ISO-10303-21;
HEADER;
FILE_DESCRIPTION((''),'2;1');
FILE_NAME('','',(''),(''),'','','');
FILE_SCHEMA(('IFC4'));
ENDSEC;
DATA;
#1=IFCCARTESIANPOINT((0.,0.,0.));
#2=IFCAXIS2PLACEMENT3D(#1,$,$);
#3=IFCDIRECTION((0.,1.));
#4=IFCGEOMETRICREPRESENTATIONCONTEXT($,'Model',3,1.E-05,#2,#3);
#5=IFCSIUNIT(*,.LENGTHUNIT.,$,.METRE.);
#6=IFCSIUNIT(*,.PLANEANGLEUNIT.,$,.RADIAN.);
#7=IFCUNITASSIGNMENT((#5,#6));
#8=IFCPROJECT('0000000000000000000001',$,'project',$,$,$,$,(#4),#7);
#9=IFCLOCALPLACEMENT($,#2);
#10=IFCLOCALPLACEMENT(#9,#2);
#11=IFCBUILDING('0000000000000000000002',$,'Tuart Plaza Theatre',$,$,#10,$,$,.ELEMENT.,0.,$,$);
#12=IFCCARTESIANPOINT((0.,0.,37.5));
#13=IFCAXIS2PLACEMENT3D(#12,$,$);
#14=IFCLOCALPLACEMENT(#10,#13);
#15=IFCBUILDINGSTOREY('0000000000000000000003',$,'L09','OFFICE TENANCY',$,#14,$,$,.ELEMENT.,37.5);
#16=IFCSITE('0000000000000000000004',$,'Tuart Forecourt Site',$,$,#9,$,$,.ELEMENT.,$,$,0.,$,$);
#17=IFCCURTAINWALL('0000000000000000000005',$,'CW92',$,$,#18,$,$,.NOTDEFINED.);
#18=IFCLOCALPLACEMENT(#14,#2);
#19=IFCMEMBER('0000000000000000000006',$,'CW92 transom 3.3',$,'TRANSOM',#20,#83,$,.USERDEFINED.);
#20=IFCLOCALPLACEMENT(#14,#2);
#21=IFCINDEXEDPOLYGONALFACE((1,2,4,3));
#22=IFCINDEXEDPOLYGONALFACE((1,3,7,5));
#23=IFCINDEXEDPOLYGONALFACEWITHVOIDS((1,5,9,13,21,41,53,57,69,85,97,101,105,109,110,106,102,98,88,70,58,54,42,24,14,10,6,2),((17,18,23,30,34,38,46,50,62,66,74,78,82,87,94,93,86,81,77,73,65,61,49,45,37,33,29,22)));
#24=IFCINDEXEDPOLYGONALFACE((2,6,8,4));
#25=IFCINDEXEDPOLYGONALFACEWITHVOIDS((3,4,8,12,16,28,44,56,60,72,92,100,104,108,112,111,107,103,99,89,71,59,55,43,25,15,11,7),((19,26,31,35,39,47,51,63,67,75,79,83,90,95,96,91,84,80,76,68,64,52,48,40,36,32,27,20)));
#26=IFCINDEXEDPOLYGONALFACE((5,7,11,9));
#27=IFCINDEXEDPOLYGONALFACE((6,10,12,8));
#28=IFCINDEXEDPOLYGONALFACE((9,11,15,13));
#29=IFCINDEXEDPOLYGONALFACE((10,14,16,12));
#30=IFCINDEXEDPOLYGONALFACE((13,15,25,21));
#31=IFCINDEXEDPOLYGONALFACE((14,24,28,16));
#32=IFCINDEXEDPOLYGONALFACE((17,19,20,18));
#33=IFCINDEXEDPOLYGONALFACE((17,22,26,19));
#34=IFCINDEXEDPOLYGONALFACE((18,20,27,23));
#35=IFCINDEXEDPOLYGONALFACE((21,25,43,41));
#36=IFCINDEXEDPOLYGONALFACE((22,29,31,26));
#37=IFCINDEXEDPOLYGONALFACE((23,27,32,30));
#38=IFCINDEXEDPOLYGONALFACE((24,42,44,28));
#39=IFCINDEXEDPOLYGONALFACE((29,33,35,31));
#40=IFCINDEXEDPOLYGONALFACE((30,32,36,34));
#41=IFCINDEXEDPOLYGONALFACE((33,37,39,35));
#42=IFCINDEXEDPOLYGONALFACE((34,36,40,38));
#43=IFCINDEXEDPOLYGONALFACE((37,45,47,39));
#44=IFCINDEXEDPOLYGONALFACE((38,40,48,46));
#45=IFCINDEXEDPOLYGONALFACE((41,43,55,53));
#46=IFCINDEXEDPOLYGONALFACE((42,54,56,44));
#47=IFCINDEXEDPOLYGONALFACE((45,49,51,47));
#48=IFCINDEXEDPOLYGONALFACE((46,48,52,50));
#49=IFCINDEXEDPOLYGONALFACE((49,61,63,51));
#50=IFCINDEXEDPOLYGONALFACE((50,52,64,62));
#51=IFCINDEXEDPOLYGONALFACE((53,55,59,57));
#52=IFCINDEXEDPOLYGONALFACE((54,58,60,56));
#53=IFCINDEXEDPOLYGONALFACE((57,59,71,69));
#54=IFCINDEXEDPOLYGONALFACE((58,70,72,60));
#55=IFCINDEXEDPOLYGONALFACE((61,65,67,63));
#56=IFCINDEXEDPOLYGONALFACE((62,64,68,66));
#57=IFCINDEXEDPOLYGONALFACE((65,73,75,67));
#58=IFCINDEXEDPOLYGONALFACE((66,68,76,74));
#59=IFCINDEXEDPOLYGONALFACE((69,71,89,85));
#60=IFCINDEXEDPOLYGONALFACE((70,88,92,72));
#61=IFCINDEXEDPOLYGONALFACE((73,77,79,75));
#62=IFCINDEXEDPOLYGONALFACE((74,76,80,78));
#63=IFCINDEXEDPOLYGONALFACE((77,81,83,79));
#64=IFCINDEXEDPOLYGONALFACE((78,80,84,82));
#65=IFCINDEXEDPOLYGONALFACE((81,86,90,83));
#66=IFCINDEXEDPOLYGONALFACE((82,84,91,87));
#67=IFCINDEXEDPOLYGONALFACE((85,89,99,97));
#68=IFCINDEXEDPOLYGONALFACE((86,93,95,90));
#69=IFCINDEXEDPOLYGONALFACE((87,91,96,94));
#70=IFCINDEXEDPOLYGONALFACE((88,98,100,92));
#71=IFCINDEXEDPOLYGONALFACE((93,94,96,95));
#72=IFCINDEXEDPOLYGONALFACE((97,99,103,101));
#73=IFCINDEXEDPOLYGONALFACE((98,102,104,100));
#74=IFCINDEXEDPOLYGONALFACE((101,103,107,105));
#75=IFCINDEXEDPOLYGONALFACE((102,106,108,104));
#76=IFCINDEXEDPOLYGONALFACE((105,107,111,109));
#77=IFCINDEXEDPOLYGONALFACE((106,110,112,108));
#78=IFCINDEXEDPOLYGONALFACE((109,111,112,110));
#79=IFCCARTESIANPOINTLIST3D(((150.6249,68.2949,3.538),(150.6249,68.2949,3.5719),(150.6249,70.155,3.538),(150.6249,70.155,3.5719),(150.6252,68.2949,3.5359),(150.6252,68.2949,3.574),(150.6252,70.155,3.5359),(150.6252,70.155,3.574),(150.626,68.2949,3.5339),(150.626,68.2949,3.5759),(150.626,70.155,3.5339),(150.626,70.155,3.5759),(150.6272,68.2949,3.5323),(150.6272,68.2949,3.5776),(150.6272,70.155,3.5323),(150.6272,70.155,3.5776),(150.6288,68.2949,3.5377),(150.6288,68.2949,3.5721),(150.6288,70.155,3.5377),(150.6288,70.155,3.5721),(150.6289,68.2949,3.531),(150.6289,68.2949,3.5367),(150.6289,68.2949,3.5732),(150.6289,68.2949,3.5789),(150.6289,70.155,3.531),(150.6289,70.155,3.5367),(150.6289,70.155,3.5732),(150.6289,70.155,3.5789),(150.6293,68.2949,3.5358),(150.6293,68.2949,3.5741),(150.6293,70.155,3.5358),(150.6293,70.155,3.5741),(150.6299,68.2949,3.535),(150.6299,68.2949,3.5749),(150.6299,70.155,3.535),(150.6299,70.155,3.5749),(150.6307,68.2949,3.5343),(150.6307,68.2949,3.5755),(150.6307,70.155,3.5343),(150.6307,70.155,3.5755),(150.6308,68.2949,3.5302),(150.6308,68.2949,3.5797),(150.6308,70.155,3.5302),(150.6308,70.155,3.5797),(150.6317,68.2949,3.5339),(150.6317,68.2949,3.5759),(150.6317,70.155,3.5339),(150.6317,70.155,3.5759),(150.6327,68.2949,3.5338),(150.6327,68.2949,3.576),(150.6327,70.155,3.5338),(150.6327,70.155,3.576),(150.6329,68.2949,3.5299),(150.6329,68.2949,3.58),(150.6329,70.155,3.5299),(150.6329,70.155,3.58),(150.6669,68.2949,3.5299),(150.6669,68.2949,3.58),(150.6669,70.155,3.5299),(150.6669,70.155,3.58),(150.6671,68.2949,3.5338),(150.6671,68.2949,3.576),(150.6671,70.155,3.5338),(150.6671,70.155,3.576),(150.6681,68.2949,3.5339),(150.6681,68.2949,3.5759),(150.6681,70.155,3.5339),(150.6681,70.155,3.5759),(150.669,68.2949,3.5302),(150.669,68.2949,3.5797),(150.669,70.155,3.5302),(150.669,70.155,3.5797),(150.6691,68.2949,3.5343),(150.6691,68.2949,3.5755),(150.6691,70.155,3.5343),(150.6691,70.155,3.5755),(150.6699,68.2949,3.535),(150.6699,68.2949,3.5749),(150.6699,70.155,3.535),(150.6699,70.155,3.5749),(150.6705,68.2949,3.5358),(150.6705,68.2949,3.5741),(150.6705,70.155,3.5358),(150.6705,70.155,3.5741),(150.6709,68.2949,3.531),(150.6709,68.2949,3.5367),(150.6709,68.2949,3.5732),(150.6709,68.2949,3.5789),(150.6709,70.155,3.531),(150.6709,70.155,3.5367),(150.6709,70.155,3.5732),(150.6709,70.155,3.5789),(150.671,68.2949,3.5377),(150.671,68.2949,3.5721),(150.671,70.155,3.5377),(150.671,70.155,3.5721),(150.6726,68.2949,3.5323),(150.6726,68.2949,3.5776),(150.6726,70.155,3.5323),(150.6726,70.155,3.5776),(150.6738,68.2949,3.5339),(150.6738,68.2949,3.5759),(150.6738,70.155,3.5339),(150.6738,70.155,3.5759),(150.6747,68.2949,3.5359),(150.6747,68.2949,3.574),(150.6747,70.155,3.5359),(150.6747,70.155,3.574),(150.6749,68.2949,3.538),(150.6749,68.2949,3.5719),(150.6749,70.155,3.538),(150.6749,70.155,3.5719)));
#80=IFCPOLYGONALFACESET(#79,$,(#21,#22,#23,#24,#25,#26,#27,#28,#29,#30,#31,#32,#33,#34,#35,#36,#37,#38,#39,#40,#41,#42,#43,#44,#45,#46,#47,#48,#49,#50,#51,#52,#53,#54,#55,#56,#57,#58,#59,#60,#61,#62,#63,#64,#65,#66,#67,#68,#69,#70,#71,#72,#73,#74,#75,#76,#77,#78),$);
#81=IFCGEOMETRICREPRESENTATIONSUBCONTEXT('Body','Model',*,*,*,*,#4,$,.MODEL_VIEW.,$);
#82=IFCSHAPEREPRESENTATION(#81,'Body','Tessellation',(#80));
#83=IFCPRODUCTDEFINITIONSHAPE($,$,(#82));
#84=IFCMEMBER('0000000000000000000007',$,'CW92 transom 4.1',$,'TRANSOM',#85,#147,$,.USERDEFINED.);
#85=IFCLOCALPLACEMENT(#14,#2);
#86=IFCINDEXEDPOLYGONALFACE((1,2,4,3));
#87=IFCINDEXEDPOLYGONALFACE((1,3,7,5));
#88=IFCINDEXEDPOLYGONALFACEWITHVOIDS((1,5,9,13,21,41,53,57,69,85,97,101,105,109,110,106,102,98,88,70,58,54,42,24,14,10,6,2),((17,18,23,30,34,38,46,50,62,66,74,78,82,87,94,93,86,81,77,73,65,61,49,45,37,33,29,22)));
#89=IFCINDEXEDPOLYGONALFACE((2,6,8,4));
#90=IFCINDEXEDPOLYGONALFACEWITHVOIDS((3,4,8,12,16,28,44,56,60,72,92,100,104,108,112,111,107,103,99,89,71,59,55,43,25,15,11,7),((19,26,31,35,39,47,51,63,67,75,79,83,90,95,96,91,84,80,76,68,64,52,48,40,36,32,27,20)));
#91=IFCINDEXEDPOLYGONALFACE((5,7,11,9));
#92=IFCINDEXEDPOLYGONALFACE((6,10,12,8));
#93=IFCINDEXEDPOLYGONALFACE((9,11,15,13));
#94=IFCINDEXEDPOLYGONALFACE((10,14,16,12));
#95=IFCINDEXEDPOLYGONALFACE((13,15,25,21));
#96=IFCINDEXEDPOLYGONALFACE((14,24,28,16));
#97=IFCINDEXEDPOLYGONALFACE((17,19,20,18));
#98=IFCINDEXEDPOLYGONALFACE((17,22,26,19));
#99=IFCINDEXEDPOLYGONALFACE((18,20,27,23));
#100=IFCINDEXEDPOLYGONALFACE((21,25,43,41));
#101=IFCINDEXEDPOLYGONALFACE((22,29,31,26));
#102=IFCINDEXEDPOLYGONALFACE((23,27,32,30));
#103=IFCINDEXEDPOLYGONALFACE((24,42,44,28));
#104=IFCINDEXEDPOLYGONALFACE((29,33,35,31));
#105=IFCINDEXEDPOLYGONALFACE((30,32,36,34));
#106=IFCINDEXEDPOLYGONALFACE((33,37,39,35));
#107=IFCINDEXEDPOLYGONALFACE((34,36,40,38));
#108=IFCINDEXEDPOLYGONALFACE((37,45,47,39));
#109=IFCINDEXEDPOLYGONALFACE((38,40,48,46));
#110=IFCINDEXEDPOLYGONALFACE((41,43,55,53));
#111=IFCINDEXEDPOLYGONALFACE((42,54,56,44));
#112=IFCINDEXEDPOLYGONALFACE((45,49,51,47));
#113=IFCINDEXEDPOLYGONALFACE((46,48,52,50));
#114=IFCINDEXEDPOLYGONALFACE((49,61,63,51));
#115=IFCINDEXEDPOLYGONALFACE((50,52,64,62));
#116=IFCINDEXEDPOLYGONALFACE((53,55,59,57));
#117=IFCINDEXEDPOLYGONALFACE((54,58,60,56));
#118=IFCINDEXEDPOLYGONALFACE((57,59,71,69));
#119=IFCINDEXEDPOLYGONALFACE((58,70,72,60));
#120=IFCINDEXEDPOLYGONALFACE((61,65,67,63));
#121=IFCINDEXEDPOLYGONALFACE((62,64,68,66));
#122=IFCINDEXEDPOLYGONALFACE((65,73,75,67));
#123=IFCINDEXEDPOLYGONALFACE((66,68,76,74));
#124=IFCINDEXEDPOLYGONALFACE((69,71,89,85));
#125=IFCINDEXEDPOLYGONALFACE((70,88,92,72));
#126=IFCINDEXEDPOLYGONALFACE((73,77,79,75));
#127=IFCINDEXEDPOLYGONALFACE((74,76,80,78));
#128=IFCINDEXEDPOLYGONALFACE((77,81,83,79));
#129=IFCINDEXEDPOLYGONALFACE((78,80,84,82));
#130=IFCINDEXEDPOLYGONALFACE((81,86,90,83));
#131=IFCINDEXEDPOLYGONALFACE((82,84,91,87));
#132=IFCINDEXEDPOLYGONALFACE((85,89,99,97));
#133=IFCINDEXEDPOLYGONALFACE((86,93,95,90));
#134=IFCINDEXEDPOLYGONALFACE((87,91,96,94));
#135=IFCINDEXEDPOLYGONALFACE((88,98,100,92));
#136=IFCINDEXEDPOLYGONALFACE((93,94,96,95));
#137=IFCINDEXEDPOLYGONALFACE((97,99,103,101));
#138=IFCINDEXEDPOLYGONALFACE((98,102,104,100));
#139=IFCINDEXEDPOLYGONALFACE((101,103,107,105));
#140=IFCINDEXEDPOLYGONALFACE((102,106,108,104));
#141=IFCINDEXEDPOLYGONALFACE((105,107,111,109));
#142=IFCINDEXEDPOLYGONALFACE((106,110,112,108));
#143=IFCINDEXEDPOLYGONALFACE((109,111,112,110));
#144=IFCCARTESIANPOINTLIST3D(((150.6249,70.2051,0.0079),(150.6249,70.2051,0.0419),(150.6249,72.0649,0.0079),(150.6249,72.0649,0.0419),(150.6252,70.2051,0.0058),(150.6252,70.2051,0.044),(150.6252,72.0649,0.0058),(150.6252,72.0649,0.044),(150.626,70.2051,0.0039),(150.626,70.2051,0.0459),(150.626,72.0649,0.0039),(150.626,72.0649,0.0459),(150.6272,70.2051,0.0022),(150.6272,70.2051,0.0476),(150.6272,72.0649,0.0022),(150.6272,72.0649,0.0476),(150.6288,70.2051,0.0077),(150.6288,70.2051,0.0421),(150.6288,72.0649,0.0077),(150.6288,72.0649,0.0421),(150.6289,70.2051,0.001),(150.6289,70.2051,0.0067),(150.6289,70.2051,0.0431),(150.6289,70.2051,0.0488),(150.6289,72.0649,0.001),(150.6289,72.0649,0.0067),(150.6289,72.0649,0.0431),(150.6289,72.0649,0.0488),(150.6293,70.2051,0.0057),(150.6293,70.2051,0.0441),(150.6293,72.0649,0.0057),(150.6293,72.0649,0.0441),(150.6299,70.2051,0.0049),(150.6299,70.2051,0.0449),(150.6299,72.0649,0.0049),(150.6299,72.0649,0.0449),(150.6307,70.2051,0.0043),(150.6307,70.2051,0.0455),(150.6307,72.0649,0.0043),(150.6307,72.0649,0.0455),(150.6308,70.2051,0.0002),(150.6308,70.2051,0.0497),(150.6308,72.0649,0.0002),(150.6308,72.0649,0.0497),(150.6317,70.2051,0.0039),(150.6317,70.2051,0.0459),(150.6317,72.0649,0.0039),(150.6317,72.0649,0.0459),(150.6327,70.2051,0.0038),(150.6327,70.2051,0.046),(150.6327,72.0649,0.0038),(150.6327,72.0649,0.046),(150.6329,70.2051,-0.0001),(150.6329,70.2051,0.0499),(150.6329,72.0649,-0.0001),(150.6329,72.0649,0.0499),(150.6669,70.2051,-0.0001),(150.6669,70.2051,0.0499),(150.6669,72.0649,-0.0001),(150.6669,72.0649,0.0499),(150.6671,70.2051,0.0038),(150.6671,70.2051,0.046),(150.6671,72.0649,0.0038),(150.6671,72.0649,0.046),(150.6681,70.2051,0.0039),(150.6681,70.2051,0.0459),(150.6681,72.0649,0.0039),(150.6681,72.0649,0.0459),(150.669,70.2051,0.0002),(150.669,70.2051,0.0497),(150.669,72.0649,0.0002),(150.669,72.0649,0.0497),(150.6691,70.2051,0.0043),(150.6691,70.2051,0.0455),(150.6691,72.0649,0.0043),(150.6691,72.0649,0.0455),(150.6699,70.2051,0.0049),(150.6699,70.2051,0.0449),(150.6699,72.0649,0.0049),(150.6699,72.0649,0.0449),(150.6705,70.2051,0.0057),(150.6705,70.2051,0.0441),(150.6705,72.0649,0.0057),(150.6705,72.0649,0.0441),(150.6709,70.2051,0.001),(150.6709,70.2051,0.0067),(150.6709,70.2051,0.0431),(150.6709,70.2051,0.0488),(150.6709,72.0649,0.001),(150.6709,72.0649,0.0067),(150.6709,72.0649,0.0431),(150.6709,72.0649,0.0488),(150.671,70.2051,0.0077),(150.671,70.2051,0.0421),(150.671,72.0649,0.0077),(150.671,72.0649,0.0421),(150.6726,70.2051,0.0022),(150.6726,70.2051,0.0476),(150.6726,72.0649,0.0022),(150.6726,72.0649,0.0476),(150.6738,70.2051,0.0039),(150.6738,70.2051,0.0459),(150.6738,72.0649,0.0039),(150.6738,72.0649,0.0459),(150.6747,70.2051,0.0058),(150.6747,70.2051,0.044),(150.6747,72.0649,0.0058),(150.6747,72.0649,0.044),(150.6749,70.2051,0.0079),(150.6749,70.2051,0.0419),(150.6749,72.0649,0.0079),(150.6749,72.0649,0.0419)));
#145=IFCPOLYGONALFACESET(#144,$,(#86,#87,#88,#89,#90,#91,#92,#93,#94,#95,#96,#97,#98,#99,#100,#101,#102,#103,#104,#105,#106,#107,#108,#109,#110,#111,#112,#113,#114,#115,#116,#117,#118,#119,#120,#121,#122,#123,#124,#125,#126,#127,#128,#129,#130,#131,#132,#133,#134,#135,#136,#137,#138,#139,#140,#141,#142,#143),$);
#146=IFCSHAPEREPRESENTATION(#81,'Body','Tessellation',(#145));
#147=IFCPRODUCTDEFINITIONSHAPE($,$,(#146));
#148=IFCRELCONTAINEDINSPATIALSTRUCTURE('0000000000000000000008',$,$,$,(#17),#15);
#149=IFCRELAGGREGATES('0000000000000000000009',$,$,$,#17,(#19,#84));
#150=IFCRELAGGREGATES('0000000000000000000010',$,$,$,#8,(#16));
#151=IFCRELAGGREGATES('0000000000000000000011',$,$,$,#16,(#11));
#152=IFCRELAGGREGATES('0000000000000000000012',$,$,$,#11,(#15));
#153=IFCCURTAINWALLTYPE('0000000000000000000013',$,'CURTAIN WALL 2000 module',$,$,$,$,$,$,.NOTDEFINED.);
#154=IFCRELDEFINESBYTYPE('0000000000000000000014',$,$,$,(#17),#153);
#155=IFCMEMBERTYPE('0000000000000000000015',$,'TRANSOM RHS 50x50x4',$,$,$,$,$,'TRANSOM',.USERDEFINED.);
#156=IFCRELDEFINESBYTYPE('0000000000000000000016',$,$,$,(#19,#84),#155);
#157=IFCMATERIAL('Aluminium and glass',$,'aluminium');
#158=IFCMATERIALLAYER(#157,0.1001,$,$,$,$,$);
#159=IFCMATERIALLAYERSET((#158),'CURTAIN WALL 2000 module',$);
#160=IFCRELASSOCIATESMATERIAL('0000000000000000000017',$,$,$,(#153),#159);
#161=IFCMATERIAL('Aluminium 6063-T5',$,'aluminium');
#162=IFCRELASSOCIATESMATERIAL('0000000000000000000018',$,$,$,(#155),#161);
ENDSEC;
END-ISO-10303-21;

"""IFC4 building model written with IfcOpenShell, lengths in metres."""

from ifc_helpers import new_model, si_unit, direction, frame, origin, origin_2d, place, context, subcontext, project, spatial, hollow_rectangle, extrude, material, layer, layer_set, material_profile, profile_set, type_object, element, aggregate, save


model = new_model("IFC4")

# Units and contexts
model_context = context("Model", 3, precision=1e-05, world=origin(), true_north=direction((0.0, 1.0)))
body_context = subcontext(model_context, "Body", "Model", "MODEL_VIEW")
ifc_project = project(units=[si_unit("LENGTHUNIT", "METRE"), si_unit("PLANEANGLEUNIT", "RADIAN")], contexts=[model_context])

# Site, building, storey
site_placement = place(None, origin())
site = spatial("IfcSite", under=ifc_project, at=site_placement, Name="Tuart Forecourt Site", CompositionType="ELEMENT", RefElevation=0.0)
building_placement = place(site_placement, origin())
building = spatial("IfcBuilding", under=site, at=building_placement, Name="Tuart Plaza Theatre", CompositionType="ELEMENT", ElevationOfRefHeight=0.0)
storey_placement = place(building_placement, frame((0.0, 0.0, 37.5)))
storey = spatial("IfcBuildingStorey", under=building, at=storey_placement, Name="L09", Description="OFFICE TENANCY", CompositionType="ELEMENT", Elevation=37.5)

# Curtain wall, members
ifc_material_1 = material(Name="Aluminium and glass", Category="aluminium")
ifc_layer_1 = layer(ifc_material_1, 0.1001)
ifc_layer_set_1 = layer_set([ifc_layer_1], Name="CURTAIN WALL 2000 module")
curtain_wall_type = type_object("IfcCurtainWallType", Name="CURTAIN WALL 2000 module", PredefinedType="NOTDEFINED", material=ifc_layer_set_1)
curtain_wall_placement = place(storey_placement, origin())
curtain_wall = element("IfcCurtainWall", 1, at=curtain_wall_placement, inside=storey, type_object=curtain_wall_type, Name="CW92", PredefinedType="NOTDEFINED")
ifc_material_2 = material(Name="Aluminium 6063-T5", Category="aluminium")
ifc_material_profile_1 = material_profile(ifc_material_2, hollow_rectangle(XDim=0.05, YDim=0.05, WallThickness=0.0039, InnerFilletRadius=0.0039, OuterFilletRadius=0.0081, at=origin_2d()), Name="RHS 50x50x4")
ifc_profile_set_1 = profile_set([ifc_material_profile_1], Name="Aluminium 6063-T5")
member_type_1 = type_object("IfcMemberType", Name="TRANSOM RHS 50x50x4", ElementType="TRANSOM", PredefinedType="USERDEFINED", material=ifc_profile_set_1)
member_1_placement = place(storey_placement, frame((150.6499, 68.2949, 3.5549), z_axis=(0.0, 1.0, 0.0), x_axis=(-1.0, 0.0, 0.0)))
member_1 = element("IfcMember", 2, at=member_1_placement, type_object=member_type_1, Name="CW92 transom 3.3", ObjectType="TRANSOM", PredefinedType="USERDEFINED", context=body_context, shape_type="SweptSolid", body=[
    extrude(hollow_rectangle(XDim=0.05, YDim=0.05, WallThickness=0.0039, InnerFilletRadius=0.0039, OuterFilletRadius=0.0081, at=origin_2d()), origin(), (0.0, 0.0, 1.0), 1.8601),
])
member_2_placement = place(storey_placement, frame((150.6499, 70.2051, 0.0249), z_axis=(0.0, 1.0, 0.0), x_axis=(-1.0, 0.0, 0.0)))
member_2 = element("IfcMember", 3, at=member_2_placement, type_object=member_type_1, Name="CW92 transom 4.1", ObjectType="TRANSOM", PredefinedType="USERDEFINED", context=body_context, shape_type="SweptSolid", body=[
    extrude(hollow_rectangle(XDim=0.05, YDim=0.05, WallThickness=0.0039, InnerFilletRadius=0.0039, OuterFilletRadius=0.0081, at=origin_2d()), origin(), (0.0, 0.0, 1.0), 1.8599),
])
aggregate(curtain_wall, [member_1, member_2])

save(model, "model.ifc")
